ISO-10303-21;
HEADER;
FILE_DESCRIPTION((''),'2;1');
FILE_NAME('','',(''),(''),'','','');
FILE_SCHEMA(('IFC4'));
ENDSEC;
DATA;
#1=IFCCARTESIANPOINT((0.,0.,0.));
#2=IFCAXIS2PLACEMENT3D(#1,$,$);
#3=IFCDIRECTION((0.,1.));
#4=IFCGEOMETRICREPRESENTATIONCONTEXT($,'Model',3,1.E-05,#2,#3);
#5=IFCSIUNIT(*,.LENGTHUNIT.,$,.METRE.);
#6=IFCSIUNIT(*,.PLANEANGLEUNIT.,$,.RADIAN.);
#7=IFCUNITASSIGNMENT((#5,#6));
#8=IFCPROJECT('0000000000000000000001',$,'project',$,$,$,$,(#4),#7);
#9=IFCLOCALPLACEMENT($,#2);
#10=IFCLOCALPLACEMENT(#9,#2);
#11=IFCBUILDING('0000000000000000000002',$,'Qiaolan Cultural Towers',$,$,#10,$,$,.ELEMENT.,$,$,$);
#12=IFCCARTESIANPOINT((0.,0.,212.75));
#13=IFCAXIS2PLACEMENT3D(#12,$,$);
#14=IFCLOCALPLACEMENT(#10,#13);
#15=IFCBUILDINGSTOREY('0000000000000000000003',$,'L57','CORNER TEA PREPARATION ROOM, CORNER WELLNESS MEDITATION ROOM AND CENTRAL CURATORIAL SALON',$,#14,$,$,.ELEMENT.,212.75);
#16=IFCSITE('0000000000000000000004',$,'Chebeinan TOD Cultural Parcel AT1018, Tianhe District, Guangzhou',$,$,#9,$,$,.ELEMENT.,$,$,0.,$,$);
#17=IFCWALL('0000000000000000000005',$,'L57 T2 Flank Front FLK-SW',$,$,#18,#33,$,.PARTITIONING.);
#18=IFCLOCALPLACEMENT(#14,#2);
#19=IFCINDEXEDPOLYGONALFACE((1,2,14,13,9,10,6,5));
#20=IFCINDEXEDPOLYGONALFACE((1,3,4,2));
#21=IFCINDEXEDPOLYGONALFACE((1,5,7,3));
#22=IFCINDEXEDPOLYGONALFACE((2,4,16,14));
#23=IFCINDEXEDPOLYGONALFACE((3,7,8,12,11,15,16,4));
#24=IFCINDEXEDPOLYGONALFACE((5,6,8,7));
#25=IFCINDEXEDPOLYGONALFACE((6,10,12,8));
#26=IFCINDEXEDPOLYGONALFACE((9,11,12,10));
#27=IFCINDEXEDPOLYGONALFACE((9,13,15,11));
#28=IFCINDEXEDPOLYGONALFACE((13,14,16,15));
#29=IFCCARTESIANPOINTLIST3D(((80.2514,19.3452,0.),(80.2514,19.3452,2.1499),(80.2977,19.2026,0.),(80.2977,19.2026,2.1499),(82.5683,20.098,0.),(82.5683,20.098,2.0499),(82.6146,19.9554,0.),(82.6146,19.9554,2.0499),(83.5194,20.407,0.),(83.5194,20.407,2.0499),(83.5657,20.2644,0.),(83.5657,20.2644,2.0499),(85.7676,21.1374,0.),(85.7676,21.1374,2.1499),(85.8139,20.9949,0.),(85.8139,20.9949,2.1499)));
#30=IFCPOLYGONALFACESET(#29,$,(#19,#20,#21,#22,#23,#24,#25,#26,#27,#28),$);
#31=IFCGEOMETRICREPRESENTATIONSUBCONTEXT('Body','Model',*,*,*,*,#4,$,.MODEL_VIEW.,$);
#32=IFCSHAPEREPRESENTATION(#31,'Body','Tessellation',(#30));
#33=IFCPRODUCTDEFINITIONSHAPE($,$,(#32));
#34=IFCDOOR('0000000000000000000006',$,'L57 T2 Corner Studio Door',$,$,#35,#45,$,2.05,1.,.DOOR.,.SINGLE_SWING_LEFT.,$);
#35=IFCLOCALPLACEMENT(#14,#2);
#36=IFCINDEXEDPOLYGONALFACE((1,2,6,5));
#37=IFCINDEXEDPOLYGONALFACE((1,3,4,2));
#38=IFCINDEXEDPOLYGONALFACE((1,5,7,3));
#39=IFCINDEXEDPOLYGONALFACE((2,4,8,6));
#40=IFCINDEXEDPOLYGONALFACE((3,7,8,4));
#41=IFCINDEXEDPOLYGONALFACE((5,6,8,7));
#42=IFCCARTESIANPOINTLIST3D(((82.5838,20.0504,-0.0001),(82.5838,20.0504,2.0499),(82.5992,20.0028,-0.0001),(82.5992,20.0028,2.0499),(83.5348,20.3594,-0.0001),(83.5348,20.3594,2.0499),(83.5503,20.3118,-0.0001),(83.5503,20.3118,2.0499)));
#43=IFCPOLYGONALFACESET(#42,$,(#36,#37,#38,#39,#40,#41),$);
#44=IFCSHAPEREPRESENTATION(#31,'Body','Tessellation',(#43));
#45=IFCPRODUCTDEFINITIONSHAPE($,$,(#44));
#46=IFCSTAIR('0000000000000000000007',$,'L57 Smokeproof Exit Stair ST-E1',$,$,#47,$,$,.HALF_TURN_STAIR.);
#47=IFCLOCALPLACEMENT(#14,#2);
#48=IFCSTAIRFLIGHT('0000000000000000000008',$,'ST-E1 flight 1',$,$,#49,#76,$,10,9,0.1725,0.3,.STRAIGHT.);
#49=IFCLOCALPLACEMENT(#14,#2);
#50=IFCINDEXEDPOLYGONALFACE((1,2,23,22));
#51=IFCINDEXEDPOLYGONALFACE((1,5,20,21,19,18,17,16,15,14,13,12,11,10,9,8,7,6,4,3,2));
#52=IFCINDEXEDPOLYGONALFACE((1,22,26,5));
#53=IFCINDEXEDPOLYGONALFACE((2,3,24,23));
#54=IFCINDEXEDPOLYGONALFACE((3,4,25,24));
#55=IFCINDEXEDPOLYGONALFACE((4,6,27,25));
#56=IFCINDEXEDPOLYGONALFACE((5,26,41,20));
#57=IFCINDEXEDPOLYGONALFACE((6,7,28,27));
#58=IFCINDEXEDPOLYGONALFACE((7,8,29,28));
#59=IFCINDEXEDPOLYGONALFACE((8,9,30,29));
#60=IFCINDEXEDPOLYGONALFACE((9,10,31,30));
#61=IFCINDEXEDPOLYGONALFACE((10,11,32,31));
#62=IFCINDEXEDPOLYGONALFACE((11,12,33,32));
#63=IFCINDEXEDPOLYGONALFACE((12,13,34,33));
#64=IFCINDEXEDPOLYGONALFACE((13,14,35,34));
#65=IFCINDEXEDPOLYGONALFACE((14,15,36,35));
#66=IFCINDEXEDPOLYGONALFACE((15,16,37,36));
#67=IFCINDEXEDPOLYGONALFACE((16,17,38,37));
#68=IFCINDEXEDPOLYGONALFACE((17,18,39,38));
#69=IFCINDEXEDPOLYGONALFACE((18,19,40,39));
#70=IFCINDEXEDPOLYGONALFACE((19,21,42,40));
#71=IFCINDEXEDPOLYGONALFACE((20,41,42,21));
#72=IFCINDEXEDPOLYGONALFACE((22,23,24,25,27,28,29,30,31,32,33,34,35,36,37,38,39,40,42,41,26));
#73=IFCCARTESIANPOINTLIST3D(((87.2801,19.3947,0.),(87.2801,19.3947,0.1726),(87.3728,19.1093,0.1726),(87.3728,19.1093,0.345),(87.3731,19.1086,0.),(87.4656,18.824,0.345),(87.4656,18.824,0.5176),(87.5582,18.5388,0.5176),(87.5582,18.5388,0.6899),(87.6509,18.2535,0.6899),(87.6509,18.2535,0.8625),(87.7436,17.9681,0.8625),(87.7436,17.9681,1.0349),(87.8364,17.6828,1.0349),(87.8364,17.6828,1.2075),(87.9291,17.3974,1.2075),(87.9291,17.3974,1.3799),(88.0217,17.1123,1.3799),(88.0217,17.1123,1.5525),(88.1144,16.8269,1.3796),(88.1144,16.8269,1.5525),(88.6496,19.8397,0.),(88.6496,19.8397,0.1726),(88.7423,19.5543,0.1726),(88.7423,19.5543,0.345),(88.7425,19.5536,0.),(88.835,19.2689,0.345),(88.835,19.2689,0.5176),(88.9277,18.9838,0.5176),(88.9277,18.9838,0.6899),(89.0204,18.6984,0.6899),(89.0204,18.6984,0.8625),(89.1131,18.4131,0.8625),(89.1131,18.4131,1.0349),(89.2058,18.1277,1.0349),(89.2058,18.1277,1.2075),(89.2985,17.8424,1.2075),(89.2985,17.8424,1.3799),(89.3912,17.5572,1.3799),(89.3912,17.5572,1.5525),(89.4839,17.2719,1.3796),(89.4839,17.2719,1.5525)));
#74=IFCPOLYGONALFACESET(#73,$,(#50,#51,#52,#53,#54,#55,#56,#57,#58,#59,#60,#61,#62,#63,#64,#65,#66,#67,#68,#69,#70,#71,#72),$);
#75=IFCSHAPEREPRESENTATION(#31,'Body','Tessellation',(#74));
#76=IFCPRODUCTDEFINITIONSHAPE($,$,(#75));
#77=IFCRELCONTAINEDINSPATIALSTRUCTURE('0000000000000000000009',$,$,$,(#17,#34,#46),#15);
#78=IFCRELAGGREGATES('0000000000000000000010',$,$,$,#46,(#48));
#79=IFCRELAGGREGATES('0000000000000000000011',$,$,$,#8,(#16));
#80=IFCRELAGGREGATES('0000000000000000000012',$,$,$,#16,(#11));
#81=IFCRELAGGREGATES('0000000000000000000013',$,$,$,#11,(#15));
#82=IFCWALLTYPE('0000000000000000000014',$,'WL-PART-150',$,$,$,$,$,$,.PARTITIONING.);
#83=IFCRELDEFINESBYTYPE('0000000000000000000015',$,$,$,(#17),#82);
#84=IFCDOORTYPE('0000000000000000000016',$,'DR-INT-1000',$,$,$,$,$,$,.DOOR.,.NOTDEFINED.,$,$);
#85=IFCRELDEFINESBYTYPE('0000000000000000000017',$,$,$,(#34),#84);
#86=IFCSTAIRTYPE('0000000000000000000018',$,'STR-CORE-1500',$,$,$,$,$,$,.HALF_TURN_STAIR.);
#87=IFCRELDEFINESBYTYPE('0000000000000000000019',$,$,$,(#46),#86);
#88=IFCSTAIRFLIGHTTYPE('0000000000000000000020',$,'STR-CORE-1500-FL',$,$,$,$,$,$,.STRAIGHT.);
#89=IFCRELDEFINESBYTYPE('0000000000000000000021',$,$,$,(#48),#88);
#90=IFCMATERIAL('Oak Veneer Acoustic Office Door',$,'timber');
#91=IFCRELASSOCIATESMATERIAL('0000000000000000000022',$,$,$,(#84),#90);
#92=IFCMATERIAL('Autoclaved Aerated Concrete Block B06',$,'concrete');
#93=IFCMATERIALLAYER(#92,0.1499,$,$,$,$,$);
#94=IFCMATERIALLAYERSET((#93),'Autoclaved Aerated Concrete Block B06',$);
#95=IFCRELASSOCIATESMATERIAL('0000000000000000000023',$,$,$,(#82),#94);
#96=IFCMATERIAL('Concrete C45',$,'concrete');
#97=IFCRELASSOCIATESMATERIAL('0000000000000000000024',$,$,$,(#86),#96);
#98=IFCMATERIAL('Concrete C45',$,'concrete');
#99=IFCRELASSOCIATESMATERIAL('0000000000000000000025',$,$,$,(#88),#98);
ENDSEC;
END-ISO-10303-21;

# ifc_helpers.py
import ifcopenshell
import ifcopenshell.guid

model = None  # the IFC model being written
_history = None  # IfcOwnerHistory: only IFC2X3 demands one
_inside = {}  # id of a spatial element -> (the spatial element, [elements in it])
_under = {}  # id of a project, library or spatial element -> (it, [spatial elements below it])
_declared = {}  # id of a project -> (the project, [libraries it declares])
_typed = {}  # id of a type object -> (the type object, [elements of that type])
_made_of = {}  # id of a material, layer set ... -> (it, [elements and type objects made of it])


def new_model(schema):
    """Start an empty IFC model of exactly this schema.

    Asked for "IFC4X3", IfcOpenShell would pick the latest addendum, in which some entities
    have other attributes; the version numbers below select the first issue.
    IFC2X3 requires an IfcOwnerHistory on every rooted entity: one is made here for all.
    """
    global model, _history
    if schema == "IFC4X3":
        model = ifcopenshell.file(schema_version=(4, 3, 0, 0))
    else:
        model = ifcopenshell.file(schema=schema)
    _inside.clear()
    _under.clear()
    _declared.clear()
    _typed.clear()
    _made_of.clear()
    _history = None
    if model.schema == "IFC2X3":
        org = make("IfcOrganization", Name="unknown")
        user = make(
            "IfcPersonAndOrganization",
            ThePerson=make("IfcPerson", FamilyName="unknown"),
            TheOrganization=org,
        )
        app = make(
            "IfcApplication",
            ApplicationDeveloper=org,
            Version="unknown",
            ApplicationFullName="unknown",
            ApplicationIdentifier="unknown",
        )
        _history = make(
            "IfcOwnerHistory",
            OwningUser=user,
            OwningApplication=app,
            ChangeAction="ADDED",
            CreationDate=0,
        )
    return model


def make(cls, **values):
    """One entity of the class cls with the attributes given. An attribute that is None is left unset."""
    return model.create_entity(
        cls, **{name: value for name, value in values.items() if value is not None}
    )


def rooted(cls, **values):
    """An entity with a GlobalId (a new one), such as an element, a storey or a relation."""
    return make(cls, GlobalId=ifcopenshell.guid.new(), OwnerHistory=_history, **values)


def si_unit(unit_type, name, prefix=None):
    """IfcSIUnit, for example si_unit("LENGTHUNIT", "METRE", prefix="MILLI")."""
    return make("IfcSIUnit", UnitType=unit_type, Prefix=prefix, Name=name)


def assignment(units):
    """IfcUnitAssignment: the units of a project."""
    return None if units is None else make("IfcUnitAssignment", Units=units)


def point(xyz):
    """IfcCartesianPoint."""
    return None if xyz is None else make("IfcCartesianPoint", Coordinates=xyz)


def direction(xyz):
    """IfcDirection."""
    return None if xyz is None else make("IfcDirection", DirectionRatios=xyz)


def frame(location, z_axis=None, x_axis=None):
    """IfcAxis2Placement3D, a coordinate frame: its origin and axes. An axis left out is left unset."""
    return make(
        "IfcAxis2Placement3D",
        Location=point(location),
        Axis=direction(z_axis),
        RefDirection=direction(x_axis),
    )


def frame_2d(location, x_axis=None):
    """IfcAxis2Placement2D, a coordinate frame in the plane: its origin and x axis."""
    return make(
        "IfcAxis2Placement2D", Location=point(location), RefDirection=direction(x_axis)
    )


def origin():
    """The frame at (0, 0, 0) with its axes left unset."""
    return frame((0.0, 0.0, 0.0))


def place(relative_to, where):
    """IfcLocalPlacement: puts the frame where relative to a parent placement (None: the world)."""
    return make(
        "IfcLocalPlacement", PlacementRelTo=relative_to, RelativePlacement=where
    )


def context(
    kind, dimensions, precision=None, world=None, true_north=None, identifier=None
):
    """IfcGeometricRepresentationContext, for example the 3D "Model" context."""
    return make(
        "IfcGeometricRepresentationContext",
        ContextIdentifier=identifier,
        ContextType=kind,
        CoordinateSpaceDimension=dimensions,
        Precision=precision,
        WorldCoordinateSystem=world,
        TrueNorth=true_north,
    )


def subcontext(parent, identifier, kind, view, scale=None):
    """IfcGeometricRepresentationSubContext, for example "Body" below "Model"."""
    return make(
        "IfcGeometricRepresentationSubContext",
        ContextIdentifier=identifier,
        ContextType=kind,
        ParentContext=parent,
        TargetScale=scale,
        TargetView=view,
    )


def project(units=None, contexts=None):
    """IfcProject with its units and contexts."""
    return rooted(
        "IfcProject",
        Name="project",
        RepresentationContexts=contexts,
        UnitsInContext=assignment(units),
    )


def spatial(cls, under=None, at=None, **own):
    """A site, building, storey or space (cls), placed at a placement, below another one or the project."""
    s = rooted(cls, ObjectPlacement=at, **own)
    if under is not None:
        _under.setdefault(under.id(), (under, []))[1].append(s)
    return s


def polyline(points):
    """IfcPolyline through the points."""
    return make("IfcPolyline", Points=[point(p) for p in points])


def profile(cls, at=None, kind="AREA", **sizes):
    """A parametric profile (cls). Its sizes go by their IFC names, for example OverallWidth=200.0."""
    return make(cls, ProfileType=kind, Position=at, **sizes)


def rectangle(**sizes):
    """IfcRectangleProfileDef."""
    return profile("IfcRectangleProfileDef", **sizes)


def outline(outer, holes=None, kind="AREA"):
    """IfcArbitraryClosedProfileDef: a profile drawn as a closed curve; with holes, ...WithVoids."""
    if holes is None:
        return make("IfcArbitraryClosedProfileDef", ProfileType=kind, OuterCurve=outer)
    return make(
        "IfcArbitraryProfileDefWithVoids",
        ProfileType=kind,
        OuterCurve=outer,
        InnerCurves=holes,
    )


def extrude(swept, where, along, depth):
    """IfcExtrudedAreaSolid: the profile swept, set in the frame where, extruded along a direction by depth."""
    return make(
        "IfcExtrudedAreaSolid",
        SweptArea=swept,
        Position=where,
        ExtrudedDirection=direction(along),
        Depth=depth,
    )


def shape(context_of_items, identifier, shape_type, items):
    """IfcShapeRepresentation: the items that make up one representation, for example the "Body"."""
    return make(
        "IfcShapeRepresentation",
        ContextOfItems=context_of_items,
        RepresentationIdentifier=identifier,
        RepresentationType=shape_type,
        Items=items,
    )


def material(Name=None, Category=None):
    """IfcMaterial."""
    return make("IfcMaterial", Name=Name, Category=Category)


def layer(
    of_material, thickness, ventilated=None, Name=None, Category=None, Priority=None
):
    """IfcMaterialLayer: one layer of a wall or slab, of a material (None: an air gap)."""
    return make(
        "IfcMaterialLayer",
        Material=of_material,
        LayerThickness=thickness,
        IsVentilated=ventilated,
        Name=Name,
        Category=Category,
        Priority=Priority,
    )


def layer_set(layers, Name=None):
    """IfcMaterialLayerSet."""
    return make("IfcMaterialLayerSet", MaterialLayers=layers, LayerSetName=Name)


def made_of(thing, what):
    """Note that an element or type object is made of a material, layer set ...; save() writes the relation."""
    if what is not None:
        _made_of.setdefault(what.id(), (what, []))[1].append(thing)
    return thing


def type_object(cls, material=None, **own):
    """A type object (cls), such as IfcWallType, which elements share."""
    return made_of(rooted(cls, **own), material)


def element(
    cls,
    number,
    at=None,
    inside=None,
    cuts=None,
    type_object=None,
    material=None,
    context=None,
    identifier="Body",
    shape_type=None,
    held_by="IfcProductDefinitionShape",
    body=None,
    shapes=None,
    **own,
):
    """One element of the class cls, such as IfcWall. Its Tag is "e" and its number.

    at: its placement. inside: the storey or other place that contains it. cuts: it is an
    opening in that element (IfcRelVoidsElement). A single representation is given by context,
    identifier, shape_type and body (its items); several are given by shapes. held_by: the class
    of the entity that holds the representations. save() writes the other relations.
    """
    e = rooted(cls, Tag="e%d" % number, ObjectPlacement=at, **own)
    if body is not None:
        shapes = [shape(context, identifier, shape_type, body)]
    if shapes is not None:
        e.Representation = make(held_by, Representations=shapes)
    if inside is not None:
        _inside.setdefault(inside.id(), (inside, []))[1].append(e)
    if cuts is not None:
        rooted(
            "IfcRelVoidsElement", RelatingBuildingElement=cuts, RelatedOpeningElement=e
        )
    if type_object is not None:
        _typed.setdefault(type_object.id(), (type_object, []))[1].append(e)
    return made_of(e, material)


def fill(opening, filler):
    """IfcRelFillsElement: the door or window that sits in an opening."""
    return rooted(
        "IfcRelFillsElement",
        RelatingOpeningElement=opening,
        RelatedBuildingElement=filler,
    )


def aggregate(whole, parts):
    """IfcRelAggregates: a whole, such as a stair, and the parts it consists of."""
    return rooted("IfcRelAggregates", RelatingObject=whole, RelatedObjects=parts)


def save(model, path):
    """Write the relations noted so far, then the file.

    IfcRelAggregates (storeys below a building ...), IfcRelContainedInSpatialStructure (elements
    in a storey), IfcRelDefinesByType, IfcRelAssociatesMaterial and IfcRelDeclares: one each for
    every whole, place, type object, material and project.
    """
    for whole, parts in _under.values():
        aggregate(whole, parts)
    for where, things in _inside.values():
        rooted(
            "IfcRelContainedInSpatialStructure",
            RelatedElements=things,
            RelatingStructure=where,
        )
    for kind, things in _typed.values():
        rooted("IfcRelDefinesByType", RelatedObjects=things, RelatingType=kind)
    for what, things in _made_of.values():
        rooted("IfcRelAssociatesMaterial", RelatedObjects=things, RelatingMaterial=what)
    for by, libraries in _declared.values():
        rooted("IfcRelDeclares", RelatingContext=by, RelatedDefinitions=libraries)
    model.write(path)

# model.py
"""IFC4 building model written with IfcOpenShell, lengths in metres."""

from ifc_helpers import new_model, si_unit, direction, frame, frame_2d, origin, place, context, subcontext, project, spatial, polyline, rectangle, outline, extrude, material, layer, layer_set, type_object, element, fill, aggregate, save


model = new_model("IFC4")

# Units and contexts
model_context = context("Model", 3, precision=1e-05, world=origin(), true_north=direction((0.0, 1.0)))
body_context = subcontext(model_context, "Body", "Model", "MODEL_VIEW")
ifc_project = project(units=[si_unit("LENGTHUNIT", "METRE"), si_unit("PLANEANGLEUNIT", "RADIAN")], contexts=[model_context])

# Site, building, storey
site_placement = place(None, origin())
site = spatial("IfcSite", under=ifc_project, at=site_placement, Name="Chebeinan TOD Cultural Parcel AT1018, Tianhe District, Guangzhou", CompositionType="ELEMENT", RefElevation=0.0)
building_placement = place(site_placement, origin())
building = spatial("IfcBuilding", under=site, at=building_placement, Name="Qiaolan Cultural Towers", CompositionType="ELEMENT")
storey_placement = place(building_placement, frame((0.0, 0.0, 212.75)))
storey = spatial("IfcBuildingStorey", under=building, at=storey_placement, Name="L57", Description="CORNER TEA PREPARATION ROOM, CORNER WELLNESS MEDITATION ROOM AND CENTRAL CURATORIAL SALON", CompositionType="ELEMENT", Elevation=212.75)

# Shared definitions
ifc_material_1 = material(Name="Oak Veneer Acoustic Office Door", Category="timber")
door_type_1 = type_object("IfcDoorType", Name="DR-INT-1000", OperationType="NOTDEFINED", PredefinedType="DOOR", material=ifc_material_1)

# Wall, opening, door
ifc_material_2 = material(Name="Autoclaved Aerated Concrete Block B06", Category="concrete")
ifc_layer_1 = layer(ifc_material_2, 0.1499)
ifc_layer_set_1 = layer_set([ifc_layer_1], Name="Autoclaved Aerated Concrete Block B06")
wall_type_1 = type_object("IfcWallType", Name="WL-PART-150", PredefinedType="PARTITIONING", material=ifc_layer_set_1)
wall_1_placement = place(storey_placement, frame((80.2747, 19.2739, 0.0), z_axis=(0.0, 0.0, 1.0), x_axis=(0.951059, 0.309008, 0.0)))
wall_1 = element("IfcWall", 1, at=wall_1_placement, inside=storey, type_object=wall_type_1, Name="L57 T2 Flank Front FLK-SW", PredefinedType="PARTITIONING", context=body_context, shape_type="SweptSolid", body=[
    extrude(rectangle(XDim=5.8, YDim=0.1499, at=frame_2d((2.8999, 0.0))), origin(), (0.0, 0.0, 1.0), 2.1499),
])
opening_1_placement = place(wall_1_placement, frame((2.436, 0.0, 0.0)))
opening_1 = element("IfcOpeningElement", 2, at=opening_1_placement, cuts=wall_1, PredefinedType="OPENING", context=body_context, shape_type="SweptSolid", body=[
    extrude(rectangle(XDim=1.0, YDim=2.05, at=frame_2d((0.5, 1.0249))), frame((0.0, 0.085, 0.0), z_axis=(0.0, -1.0, 0.0), x_axis=(1.0, 0.0, 0.0)), (0.0, 0.0, 1.0), 0.1699),
])
door_1_placement = place(opening_1_placement, origin())
door_1 = element("IfcDoor", 3, at=door_1_placement, inside=storey, type_object=door_type_1, Name="L57 T2 Corner Studio Door", OperationType="SINGLE_SWING_LEFT", OverallHeight=2.05, OverallWidth=1.0, PredefinedType="DOOR", context=body_context, shape_type="SweptSolid", body=[
    extrude(rectangle(XDim=1.0, YDim=2.05, at=frame_2d((0.5, 1.0249))), frame((0.0, 0.0249, 0.0), z_axis=(0.0, -1.0, 0.0), x_axis=(1.0, 0.0, 0.0)), (0.0, 0.0, 1.0), 0.05),
])
fill(opening_1, door_1)

# Stair, stair flight
ifc_material_3 = material(Name="Concrete C45", Category="concrete")
stair_type = type_object("IfcStairType", Name="STR-CORE-1500", PredefinedType="HALF_TURN_STAIR", material=ifc_material_3)
stair_placement = place(storey_placement, origin())
stair = element("IfcStair", 4, at=stair_placement, inside=storey, type_object=stair_type, Name="L57 Smokeproof Exit Stair ST-E1", PredefinedType="HALF_TURN_STAIR")
ifc_material_4 = material(Name="Concrete C45", Category="concrete")
stair_flight_type = type_object("IfcStairFlightType", Name="STR-CORE-1500-FL", PredefinedType="STRAIGHT", material=ifc_material_4)
stair_flight_placement = place(storey_placement, frame((87.9648, 19.6172, 0.0), z_axis=(0.0, 0.0, 1.0), x_axis=(0.309017, -0.951057, 0.0)))
stair_flight = element("IfcStairFlight", 5, at=stair_flight_placement, type_object=stair_flight_type, Name="ST-E1 flight 1", NumberOfRisers=10, NumberOfTreads=9, PredefinedType="STRAIGHT", RiserHeight=0.1725, TreadLength=0.3, context=body_context, shape_type="SweptSolid", body=[
    extrude(outline(polyline([(0.0, 0.0), (0.0, 0.1726), (0.3, 0.1726), (0.3, 0.345), (0.6001, 0.345), (0.6001, 0.5176), (0.8999, 0.5176), (0.8999, 0.6899), (1.2, 0.6899), (1.2, 0.8625), (1.5, 0.8625), (1.5, 1.0349), (1.8, 1.0349), (1.8, 1.2075), (2.1001, 1.2075), (2.1001, 1.3799), (2.3999, 1.3799), (2.3999, 1.5525), (2.7, 1.5525), (2.7, 1.7251), (2.7, 1.3796), (0.3008, 0.0), (0.0, 0.0)])), frame((0.0, 0.72, 0.0), z_axis=(0.0, -1.0, 0.0), x_axis=(1.0, 0.0, 0.0)), (0.0, 0.0, 1.0), 1.4399),
])
aggregate(stair, [stair_flight])

save(model, "model.ifc")
